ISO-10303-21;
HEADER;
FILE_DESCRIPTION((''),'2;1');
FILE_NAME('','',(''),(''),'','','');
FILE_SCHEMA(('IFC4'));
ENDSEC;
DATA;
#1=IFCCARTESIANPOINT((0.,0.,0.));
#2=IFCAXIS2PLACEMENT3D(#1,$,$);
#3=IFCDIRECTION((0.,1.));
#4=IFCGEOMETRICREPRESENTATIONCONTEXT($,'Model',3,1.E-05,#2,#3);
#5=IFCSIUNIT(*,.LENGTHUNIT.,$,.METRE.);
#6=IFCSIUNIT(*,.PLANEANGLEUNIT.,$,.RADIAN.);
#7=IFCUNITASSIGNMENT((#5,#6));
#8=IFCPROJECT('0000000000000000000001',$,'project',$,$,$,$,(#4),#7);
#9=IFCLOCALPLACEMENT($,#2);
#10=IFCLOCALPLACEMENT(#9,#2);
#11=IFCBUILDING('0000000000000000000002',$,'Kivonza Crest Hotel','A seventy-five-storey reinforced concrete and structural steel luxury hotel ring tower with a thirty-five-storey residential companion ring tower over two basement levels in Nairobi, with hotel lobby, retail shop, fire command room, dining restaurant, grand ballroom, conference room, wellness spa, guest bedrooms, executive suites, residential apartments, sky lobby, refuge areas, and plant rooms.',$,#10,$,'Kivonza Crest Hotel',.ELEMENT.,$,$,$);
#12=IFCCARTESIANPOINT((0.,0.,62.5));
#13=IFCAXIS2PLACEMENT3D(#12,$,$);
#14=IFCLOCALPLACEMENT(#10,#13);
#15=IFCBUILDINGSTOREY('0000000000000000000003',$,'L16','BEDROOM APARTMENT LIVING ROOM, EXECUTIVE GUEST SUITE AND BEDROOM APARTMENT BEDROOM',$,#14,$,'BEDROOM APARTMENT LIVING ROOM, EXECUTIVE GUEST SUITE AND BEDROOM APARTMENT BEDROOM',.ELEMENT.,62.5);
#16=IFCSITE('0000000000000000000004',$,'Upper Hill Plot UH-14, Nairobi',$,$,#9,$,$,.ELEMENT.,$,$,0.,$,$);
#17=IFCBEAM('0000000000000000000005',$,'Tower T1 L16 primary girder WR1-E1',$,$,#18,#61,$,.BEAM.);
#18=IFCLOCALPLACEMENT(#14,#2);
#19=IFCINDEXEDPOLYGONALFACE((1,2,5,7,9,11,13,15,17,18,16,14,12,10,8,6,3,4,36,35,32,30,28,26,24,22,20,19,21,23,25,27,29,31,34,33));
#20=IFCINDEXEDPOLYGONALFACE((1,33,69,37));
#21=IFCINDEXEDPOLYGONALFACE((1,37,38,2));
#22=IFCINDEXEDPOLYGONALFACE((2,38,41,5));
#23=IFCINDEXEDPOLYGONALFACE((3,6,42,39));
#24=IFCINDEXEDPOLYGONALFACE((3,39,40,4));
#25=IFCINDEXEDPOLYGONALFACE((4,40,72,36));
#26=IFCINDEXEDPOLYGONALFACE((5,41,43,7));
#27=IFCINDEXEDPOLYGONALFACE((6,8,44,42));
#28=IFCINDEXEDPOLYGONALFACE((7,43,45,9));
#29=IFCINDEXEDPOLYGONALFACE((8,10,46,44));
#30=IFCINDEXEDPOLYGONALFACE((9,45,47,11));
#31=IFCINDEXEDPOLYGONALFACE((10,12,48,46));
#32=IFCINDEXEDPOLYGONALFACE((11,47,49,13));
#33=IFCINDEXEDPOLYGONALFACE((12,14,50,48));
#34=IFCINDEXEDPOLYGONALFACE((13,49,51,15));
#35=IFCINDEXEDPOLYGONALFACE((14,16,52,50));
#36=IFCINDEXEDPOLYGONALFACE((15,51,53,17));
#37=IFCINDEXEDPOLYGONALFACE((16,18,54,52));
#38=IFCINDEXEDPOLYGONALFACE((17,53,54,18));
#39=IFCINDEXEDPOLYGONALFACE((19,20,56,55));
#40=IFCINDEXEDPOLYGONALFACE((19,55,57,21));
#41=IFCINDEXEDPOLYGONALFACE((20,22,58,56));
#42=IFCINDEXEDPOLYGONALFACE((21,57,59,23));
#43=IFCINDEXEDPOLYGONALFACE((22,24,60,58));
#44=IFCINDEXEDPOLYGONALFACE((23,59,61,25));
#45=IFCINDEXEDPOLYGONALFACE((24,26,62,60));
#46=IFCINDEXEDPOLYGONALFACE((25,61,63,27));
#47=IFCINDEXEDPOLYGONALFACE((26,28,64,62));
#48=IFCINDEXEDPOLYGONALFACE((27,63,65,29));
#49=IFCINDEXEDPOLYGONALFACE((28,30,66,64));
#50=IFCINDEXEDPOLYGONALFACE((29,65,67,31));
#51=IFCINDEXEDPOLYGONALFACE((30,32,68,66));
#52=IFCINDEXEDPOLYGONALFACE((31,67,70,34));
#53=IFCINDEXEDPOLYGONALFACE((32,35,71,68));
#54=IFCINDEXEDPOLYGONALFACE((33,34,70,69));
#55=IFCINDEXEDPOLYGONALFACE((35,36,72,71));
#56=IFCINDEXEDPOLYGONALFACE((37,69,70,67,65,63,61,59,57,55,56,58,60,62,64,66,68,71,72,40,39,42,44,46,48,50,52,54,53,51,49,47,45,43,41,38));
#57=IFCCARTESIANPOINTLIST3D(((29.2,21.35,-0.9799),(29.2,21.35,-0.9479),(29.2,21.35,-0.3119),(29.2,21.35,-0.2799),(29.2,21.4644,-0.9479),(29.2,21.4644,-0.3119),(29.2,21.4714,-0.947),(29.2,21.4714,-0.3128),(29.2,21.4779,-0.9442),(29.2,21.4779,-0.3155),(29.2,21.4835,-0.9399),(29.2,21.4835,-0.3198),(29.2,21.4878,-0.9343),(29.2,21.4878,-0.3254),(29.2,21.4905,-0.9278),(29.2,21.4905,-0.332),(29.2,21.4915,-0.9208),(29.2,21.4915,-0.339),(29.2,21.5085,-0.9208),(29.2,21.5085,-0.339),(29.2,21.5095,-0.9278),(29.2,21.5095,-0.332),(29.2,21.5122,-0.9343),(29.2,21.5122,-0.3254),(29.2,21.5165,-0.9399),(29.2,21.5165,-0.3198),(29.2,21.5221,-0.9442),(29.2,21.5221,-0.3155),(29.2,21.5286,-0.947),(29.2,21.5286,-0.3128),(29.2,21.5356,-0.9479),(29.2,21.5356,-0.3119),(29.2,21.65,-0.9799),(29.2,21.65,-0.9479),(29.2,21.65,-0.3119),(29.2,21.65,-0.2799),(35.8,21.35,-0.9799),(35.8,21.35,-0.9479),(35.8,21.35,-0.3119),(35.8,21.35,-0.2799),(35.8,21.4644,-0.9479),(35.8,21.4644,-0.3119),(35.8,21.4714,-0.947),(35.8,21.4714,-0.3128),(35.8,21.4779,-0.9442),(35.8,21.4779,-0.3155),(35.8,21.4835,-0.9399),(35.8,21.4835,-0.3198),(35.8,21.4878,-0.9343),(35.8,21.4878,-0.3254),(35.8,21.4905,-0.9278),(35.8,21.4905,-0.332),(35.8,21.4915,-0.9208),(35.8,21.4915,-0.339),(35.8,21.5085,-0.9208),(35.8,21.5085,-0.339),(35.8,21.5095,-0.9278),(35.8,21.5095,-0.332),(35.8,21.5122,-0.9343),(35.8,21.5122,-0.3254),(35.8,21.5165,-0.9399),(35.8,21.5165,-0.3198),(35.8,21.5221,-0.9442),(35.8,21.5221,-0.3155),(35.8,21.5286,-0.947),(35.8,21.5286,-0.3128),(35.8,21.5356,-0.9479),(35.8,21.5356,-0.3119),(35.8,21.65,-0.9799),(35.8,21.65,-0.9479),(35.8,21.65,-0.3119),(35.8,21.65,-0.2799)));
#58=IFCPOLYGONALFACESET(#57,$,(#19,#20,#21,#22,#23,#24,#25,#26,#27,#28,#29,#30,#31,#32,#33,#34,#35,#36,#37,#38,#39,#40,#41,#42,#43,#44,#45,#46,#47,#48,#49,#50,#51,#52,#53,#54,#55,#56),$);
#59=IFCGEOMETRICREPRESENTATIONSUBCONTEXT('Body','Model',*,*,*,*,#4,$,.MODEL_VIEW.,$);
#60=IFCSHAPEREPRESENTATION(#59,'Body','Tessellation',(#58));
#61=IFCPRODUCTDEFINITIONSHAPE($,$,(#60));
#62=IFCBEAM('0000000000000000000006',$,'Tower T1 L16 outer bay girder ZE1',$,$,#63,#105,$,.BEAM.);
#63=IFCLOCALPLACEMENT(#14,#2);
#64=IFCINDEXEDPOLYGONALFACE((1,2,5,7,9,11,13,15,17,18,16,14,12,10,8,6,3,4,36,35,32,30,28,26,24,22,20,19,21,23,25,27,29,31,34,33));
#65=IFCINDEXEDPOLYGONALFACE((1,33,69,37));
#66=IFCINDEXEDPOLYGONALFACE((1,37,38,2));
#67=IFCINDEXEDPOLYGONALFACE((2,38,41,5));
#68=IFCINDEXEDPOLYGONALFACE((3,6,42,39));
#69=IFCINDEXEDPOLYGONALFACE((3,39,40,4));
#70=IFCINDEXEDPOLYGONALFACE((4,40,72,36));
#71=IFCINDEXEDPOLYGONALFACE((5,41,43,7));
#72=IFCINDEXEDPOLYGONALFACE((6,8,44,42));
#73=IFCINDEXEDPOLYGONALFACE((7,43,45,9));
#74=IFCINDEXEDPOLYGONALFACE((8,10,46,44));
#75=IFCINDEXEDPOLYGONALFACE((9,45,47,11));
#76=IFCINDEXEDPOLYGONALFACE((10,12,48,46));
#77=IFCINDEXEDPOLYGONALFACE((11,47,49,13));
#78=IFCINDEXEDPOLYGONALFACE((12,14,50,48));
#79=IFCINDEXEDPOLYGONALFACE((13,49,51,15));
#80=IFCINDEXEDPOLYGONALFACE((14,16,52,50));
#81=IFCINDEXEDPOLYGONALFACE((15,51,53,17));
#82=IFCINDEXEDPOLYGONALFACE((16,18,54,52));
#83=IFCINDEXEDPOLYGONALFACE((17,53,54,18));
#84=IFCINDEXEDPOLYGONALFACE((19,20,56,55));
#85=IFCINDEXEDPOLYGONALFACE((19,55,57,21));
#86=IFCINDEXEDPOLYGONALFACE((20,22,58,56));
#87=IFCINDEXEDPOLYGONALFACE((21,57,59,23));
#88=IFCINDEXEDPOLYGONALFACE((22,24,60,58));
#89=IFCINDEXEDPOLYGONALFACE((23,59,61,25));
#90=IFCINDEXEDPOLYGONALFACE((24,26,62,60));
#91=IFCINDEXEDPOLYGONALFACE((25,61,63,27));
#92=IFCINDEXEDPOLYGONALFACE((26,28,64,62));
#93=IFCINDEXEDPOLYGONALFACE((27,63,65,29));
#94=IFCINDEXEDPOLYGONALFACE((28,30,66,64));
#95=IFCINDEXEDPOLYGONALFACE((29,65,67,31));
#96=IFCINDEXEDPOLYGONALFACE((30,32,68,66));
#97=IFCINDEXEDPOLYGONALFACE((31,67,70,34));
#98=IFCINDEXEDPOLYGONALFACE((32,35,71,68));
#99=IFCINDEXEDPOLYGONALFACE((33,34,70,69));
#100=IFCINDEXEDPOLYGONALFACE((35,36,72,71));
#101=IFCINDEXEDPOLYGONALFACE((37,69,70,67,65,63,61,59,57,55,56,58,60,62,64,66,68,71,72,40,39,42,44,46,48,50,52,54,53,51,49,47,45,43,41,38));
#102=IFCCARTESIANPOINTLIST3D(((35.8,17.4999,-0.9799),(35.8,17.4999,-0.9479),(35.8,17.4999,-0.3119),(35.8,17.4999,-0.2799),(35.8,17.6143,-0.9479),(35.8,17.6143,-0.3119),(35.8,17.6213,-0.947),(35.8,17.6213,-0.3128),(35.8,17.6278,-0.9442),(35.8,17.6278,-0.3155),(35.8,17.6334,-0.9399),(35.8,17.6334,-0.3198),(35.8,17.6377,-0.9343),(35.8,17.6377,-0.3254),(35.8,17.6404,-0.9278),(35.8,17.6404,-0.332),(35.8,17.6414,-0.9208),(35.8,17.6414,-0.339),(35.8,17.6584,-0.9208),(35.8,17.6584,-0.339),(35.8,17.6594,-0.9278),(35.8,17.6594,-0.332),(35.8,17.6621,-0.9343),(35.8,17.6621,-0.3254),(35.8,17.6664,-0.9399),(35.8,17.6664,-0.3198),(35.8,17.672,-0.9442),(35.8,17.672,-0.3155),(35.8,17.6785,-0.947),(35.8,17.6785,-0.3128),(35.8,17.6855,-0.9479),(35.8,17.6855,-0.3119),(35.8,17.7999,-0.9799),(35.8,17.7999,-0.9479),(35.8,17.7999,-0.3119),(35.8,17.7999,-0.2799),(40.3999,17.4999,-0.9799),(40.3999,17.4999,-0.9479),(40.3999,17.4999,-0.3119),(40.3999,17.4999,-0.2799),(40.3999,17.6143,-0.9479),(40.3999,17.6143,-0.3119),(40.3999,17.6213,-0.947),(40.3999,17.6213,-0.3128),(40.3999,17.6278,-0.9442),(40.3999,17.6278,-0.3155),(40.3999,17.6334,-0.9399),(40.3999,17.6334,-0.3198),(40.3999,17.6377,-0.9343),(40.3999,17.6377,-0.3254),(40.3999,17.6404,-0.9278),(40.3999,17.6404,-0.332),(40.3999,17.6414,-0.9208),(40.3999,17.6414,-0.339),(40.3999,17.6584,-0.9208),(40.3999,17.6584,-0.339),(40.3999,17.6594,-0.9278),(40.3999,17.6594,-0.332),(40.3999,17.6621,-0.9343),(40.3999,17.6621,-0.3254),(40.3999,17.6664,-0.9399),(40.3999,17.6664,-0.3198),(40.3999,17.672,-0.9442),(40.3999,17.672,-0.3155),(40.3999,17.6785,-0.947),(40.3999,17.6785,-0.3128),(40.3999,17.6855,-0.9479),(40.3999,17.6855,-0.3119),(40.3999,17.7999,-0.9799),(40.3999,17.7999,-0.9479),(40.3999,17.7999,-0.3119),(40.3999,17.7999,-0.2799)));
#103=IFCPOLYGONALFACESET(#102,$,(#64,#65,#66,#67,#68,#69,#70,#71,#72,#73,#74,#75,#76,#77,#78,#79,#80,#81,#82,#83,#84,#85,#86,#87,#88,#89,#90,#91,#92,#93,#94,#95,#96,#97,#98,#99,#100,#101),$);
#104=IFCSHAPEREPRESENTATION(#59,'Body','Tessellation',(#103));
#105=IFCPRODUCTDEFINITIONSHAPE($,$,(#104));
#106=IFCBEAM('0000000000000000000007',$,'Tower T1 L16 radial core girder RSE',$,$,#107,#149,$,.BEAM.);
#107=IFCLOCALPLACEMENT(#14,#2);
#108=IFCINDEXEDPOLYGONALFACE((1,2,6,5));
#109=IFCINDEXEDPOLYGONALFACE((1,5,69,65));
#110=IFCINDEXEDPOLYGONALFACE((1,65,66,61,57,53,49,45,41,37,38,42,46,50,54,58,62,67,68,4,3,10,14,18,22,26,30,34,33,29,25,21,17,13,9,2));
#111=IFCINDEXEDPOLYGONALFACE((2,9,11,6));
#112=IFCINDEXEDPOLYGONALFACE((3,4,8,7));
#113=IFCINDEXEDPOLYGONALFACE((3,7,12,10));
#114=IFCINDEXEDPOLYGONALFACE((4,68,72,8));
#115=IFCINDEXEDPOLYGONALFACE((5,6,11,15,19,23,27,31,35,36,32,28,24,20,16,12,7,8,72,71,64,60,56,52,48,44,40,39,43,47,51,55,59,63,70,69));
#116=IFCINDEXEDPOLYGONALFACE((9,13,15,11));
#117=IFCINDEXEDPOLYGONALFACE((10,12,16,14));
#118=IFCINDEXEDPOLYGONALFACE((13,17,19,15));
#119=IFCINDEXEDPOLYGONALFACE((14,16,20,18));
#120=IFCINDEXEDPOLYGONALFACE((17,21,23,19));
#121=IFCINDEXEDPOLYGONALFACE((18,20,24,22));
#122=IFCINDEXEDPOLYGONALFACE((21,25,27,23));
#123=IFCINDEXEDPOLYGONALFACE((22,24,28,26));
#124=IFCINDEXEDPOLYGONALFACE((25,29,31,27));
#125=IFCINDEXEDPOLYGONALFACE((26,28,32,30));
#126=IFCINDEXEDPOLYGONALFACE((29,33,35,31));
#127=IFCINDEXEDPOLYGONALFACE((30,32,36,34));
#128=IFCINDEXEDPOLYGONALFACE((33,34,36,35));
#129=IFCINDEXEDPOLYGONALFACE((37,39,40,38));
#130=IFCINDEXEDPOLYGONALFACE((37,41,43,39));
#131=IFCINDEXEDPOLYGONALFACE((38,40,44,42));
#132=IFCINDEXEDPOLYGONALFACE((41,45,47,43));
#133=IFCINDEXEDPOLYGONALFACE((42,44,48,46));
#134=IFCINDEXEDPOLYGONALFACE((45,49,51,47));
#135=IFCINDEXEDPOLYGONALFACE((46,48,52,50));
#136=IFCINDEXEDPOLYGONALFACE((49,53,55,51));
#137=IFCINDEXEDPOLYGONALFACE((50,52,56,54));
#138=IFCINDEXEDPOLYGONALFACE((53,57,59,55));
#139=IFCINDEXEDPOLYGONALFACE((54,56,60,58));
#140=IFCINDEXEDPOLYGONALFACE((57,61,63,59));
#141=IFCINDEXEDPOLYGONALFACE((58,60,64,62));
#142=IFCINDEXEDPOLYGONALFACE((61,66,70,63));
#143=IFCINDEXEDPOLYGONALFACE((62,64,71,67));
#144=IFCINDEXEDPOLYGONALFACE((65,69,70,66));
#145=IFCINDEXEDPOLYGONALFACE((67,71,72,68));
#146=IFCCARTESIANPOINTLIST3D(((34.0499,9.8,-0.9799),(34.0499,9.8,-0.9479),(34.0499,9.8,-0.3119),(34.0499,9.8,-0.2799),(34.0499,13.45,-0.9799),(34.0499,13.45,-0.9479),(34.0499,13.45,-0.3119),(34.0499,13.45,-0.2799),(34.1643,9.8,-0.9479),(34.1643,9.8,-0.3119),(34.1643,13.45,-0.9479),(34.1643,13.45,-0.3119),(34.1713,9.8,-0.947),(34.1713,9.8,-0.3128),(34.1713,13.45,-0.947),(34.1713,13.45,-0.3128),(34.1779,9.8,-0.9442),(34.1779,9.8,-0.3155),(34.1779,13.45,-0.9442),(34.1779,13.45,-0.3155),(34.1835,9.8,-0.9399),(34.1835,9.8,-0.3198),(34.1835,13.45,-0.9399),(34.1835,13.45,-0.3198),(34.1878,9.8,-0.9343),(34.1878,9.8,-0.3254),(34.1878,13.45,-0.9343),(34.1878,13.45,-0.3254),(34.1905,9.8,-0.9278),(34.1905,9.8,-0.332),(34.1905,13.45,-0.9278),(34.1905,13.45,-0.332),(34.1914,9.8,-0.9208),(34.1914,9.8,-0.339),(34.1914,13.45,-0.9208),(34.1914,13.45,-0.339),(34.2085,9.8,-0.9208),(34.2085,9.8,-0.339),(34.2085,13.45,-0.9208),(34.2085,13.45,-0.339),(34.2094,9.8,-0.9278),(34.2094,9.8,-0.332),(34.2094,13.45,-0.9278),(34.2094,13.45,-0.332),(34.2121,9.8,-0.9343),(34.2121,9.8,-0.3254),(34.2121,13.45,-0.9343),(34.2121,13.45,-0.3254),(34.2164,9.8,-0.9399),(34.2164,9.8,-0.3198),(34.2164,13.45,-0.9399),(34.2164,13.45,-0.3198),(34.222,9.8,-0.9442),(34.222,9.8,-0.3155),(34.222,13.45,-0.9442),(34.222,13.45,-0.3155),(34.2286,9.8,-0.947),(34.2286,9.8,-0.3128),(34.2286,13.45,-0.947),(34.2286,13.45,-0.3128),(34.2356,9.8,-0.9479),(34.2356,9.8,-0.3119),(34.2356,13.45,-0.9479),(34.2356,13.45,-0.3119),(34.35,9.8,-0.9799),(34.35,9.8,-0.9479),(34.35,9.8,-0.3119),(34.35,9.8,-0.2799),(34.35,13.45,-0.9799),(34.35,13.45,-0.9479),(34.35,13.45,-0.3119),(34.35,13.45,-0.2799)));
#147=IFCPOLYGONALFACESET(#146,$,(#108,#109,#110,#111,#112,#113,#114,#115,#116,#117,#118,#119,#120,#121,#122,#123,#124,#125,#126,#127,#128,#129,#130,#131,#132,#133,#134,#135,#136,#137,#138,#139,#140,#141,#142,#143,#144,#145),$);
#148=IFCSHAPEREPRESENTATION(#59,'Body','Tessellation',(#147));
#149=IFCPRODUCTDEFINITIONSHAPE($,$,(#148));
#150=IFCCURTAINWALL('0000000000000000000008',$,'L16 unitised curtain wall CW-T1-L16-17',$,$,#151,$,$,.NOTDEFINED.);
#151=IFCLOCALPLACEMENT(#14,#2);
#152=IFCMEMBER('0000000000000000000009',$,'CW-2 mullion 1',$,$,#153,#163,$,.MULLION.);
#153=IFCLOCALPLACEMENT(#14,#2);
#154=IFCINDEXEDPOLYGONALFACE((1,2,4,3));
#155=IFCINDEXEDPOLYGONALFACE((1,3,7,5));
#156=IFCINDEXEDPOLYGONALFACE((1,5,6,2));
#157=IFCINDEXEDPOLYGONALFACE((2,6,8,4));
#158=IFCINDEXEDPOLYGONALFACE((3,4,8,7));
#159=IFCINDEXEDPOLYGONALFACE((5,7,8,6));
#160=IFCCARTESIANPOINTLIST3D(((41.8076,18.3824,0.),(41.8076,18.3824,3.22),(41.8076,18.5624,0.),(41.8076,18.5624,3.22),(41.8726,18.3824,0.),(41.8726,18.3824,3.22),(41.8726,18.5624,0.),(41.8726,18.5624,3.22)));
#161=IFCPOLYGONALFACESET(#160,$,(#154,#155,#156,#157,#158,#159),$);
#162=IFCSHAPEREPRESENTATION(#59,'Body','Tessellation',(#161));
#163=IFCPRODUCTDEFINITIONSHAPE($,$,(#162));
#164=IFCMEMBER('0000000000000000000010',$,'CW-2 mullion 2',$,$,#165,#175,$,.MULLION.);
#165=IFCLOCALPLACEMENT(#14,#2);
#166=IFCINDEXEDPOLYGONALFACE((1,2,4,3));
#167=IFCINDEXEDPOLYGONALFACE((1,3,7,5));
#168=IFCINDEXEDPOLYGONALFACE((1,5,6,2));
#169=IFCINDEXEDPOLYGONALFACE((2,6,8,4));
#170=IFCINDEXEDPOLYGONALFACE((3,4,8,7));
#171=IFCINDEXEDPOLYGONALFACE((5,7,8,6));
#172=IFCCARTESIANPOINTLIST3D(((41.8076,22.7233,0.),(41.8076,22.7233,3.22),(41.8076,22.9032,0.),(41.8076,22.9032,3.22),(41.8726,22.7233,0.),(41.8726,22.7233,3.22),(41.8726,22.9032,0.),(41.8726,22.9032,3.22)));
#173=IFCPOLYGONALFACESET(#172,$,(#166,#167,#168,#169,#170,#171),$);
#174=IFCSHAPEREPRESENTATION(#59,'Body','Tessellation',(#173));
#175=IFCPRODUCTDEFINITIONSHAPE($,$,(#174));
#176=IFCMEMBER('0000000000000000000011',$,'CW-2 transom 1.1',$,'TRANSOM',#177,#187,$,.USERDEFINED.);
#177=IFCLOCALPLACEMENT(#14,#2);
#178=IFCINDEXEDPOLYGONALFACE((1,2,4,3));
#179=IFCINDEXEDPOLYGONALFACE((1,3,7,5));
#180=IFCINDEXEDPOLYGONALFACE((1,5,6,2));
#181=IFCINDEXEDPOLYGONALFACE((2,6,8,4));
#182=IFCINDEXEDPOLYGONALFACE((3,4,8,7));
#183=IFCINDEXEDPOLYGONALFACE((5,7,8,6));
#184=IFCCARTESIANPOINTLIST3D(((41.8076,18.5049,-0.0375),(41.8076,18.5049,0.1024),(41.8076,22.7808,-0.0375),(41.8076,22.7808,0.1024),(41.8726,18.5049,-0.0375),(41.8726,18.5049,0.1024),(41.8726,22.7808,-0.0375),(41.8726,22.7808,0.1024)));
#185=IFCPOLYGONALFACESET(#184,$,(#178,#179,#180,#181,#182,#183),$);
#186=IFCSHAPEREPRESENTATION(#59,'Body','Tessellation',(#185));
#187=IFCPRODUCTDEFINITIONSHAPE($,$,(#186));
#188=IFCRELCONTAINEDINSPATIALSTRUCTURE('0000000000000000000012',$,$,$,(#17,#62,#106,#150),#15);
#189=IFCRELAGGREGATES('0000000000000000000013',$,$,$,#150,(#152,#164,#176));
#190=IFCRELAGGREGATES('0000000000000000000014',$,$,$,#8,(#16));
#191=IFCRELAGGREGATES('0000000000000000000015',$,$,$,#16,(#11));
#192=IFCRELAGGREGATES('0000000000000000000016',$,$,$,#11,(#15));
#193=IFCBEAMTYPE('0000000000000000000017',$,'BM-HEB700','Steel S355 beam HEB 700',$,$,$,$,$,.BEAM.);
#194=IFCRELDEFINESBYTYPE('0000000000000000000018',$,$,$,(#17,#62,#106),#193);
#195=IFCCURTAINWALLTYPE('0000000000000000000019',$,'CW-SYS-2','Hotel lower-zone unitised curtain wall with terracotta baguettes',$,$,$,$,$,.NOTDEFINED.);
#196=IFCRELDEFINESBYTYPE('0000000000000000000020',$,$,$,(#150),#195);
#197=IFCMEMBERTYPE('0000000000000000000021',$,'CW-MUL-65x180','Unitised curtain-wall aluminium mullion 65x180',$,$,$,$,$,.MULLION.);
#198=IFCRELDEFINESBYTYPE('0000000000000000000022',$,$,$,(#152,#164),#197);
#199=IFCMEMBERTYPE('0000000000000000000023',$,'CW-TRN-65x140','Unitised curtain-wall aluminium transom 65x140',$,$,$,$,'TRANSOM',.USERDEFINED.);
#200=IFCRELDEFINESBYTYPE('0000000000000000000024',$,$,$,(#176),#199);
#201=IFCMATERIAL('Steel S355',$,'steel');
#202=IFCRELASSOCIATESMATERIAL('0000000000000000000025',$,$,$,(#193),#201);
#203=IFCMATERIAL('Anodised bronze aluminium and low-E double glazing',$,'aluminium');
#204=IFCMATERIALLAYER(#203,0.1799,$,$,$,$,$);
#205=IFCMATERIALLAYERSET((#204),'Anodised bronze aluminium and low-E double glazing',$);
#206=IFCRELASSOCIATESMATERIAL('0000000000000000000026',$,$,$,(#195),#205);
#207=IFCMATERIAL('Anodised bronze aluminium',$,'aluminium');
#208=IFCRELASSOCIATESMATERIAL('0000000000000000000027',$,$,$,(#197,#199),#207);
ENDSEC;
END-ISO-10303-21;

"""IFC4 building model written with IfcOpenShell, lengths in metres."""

from ifc_helpers import new_model, si_unit, direction, frame, origin, origin_2d, place, context, subcontext, project, spatial, rectangle, i_section, extrude, material, layer, layer_set, material_profile, profile_set, type_object, element, aggregate, save


model = new_model("IFC4")

# Units and contexts
model_context = context("Model", 3, precision=1e-05, world=origin(), true_north=direction((0.0, 1.0)))
body_context = subcontext(model_context, "Body", "Model", "MODEL_VIEW")
ifc_project = project(units=[si_unit("LENGTHUNIT", "METRE"), si_unit("PLANEANGLEUNIT", "RADIAN")], contexts=[model_context])

# Site, building, storey
site_placement = place(None, origin())
site = spatial("IfcSite", under=ifc_project, at=site_placement, Name="Upper Hill Plot UH-14, Nairobi", CompositionType="ELEMENT", RefElevation=0.0)
building_placement = place(site_placement, origin())
building = spatial("IfcBuilding", under=site, at=building_placement, Name="Kivonza Crest Hotel", Description="A seventy-five-storey reinforced concrete and structural steel luxury hotel ring tower with a thirty-five-storey residential companion ring tower over two basement levels in Nairobi, with hotel lobby, retail shop, fire command room, dining restaurant, grand ballroom, conference room, wellness spa, guest bedrooms, executive suites, residential apartments, sky lobby, refuge areas, and plant rooms.", LongName="Kivonza Crest Hotel", CompositionType="ELEMENT")
storey_placement = place(building_placement, frame((0.0, 0.0, 62.5)))
storey = spatial("IfcBuildingStorey", under=building, at=storey_placement, Name="L16", Description="BEDROOM APARTMENT LIVING ROOM, EXECUTIVE GUEST SUITE AND BEDROOM APARTMENT BEDROOM", LongName="BEDROOM APARTMENT LIVING ROOM, EXECUTIVE GUEST SUITE AND BEDROOM APARTMENT BEDROOM", CompositionType="ELEMENT", Elevation=62.5)

# Beams
ifc_material_1 = material(Name="Steel S355", Category="steel")
ifc_material_profile_1 = material_profile(ifc_material_1, i_section(OverallWidth=0.3, OverallDepth=0.7, WebThickness=0.0171, FlangeThickness=0.032, FilletRadius=0.0271, at=origin_2d()), Name="HEB 700")
ifc_profile_set_1 = profile_set([ifc_material_profile_1], Name="Steel S355")
beam_type_1 = type_object("IfcBeamType", Name="BM-HEB700", Description="Steel S355 beam HEB 700", PredefinedType="BEAM", material=ifc_profile_set_1)
beam_1_placement = place(storey_placement, frame((29.2, 21.5, -0.6299), z_axis=(1.0, 0.0, 0.0), x_axis=(0.0, 1.0, 0.0)))
element("IfcBeam", 1, at=beam_1_placement, inside=storey, type_object=beam_type_1, Name="Tower T1 L16 primary girder WR1-E1", PredefinedType="BEAM", context=body_context, shape_type="SweptSolid", body=[
    extrude(i_section(OverallWidth=0.3, OverallDepth=0.7, WebThickness=0.0171, FlangeThickness=0.032, FilletRadius=0.0271, at=origin_2d()), origin(), (0.0, 0.0, 1.0), 6.6001),
])
beam_2_placement = place(storey_placement, frame((40.3999, 17.6499, -0.6299), z_axis=(-1.0, 0.0, 0.0), x_axis=(0.0, -1.0, 0.0)))
element("IfcBeam", 2, at=beam_2_placement, inside=storey, type_object=beam_type_1, Name="Tower T1 L16 outer bay girder ZE1", PredefinedType="BEAM", context=body_context, shape_type="SweptSolid", body=[
    extrude(i_section(OverallWidth=0.3, OverallDepth=0.7, WebThickness=0.0171, FlangeThickness=0.032, FilletRadius=0.0271, at=origin_2d()), origin(), (0.0, 0.0, 1.0), 4.5999),
])
beam_3_placement = place(storey_placement, frame((34.2, 9.8, -0.6299), z_axis=(0.0, 1.0, 0.0), x_axis=(-1.0, 0.0, 0.0)))
element("IfcBeam", 3, at=beam_3_placement, inside=storey, type_object=beam_type_1, Name="Tower T1 L16 radial core girder RSE", PredefinedType="BEAM", context=body_context, shape_type="SweptSolid", body=[
    extrude(i_section(OverallWidth=0.3, OverallDepth=0.7, WebThickness=0.0171, FlangeThickness=0.032, FilletRadius=0.0271, at=origin_2d()), origin(), (0.0, 0.0, 1.0), 3.6499),
])

# Curtain wall, members
ifc_material_2 = material(Name="Anodised bronze aluminium and low-E double glazing", Category="aluminium")
ifc_layer_1 = layer(ifc_material_2, 0.1799)
ifc_layer_set_1 = layer_set([ifc_layer_1], Name="Anodised bronze aluminium and low-E double glazing")
curtain_wall_type = type_object("IfcCurtainWallType", Name="CW-SYS-2", Description="Hotel lower-zone unitised curtain wall with terracotta baguettes", PredefinedType="NOTDEFINED", material=ifc_layer_set_1)
curtain_wall_placement = place(storey_placement, origin())
curtain_wall = element("IfcCurtainWall", 4, at=curtain_wall_placement, inside=storey, type_object=curtain_wall_type, Name="L16 unitised curtain wall CW-T1-L16-17", PredefinedType="NOTDEFINED")
ifc_material_3 = material(Name="Anodised bronze aluminium", Category="aluminium")
ifc_material_profile_2 = material_profile(ifc_material_3, rectangle(XDim=0.0649, YDim=0.1799, at=origin_2d()), Name="CW-M 65x180")
ifc_profile_set_2 = profile_set([ifc_material_profile_2], Name="Anodised bronze aluminium")
member_type_1 = type_object("IfcMemberType", Name="CW-MUL-65x180", Description="Unitised curtain-wall aluminium mullion 65x180", PredefinedType="MULLION", material=ifc_profile_set_2)
member_1_placement = place(storey_placement, frame((41.8401, 18.4724, 0.0), z_axis=(0.0, 0.0, 1.0), x_axis=(-1.0, 0.0, 0.0)))
member_1 = element("IfcMember", 5, at=member_1_placement, type_object=member_type_1, Name="CW-2 mullion 1", PredefinedType="MULLION", context=body_context, shape_type="SweptSolid", body=[
    extrude(rectangle(XDim=0.0649, YDim=0.1799, at=origin_2d()), origin(), (0.0, 0.0, 1.0), 3.22),
])
member_2_placement = place(storey_placement, frame((41.8401, 22.8132, 0.0), z_axis=(0.0, 0.0, 1.0), x_axis=(-1.0, 0.0, 0.0)))
member_2 = element("IfcMember", 6, at=member_2_placement, type_object=member_type_1, Name="CW-2 mullion 2", PredefinedType="MULLION", context=body_context, shape_type="SweptSolid", body=[
    extrude(rectangle(XDim=0.0649, YDim=0.1799, at=origin_2d()), origin(), (0.0, 0.0, 1.0), 3.22),
])
ifc_material_profile_3 = material_profile(ifc_material_3, rectangle(XDim=0.0649, YDim=0.1399, at=origin_2d()), Name="CW-T 65x140")
ifc_profile_set_3 = profile_set([ifc_material_profile_3], Name="Anodised bronze aluminium")
member_type_2 = type_object("IfcMemberType", Name="CW-TRN-65x140", Description="Unitised curtain-wall aluminium transom 65x140", ElementType="TRANSOM", PredefinedType="USERDEFINED", material=ifc_profile_set_3)
member_3_placement = place(storey_placement, frame((41.8401, 18.5049, 0.0325), z_axis=(0.0, 1.0, 0.0), x_axis=(-1.0, 0.0, 0.0)))
member_3 = element("IfcMember", 7, at=member_3_placement, type_object=member_type_2, Name="CW-2 transom 1.1", ObjectType="TRANSOM", PredefinedType="USERDEFINED", context=body_context, shape_type="SweptSolid", body=[
    extrude(rectangle(XDim=0.0649, YDim=0.1399, at=origin_2d()), origin(), (0.0, 0.0, 1.0), 4.2759),
])
aggregate(curtain_wall, [member_1, member_2, member_3])

save(model, "model.ifc")
